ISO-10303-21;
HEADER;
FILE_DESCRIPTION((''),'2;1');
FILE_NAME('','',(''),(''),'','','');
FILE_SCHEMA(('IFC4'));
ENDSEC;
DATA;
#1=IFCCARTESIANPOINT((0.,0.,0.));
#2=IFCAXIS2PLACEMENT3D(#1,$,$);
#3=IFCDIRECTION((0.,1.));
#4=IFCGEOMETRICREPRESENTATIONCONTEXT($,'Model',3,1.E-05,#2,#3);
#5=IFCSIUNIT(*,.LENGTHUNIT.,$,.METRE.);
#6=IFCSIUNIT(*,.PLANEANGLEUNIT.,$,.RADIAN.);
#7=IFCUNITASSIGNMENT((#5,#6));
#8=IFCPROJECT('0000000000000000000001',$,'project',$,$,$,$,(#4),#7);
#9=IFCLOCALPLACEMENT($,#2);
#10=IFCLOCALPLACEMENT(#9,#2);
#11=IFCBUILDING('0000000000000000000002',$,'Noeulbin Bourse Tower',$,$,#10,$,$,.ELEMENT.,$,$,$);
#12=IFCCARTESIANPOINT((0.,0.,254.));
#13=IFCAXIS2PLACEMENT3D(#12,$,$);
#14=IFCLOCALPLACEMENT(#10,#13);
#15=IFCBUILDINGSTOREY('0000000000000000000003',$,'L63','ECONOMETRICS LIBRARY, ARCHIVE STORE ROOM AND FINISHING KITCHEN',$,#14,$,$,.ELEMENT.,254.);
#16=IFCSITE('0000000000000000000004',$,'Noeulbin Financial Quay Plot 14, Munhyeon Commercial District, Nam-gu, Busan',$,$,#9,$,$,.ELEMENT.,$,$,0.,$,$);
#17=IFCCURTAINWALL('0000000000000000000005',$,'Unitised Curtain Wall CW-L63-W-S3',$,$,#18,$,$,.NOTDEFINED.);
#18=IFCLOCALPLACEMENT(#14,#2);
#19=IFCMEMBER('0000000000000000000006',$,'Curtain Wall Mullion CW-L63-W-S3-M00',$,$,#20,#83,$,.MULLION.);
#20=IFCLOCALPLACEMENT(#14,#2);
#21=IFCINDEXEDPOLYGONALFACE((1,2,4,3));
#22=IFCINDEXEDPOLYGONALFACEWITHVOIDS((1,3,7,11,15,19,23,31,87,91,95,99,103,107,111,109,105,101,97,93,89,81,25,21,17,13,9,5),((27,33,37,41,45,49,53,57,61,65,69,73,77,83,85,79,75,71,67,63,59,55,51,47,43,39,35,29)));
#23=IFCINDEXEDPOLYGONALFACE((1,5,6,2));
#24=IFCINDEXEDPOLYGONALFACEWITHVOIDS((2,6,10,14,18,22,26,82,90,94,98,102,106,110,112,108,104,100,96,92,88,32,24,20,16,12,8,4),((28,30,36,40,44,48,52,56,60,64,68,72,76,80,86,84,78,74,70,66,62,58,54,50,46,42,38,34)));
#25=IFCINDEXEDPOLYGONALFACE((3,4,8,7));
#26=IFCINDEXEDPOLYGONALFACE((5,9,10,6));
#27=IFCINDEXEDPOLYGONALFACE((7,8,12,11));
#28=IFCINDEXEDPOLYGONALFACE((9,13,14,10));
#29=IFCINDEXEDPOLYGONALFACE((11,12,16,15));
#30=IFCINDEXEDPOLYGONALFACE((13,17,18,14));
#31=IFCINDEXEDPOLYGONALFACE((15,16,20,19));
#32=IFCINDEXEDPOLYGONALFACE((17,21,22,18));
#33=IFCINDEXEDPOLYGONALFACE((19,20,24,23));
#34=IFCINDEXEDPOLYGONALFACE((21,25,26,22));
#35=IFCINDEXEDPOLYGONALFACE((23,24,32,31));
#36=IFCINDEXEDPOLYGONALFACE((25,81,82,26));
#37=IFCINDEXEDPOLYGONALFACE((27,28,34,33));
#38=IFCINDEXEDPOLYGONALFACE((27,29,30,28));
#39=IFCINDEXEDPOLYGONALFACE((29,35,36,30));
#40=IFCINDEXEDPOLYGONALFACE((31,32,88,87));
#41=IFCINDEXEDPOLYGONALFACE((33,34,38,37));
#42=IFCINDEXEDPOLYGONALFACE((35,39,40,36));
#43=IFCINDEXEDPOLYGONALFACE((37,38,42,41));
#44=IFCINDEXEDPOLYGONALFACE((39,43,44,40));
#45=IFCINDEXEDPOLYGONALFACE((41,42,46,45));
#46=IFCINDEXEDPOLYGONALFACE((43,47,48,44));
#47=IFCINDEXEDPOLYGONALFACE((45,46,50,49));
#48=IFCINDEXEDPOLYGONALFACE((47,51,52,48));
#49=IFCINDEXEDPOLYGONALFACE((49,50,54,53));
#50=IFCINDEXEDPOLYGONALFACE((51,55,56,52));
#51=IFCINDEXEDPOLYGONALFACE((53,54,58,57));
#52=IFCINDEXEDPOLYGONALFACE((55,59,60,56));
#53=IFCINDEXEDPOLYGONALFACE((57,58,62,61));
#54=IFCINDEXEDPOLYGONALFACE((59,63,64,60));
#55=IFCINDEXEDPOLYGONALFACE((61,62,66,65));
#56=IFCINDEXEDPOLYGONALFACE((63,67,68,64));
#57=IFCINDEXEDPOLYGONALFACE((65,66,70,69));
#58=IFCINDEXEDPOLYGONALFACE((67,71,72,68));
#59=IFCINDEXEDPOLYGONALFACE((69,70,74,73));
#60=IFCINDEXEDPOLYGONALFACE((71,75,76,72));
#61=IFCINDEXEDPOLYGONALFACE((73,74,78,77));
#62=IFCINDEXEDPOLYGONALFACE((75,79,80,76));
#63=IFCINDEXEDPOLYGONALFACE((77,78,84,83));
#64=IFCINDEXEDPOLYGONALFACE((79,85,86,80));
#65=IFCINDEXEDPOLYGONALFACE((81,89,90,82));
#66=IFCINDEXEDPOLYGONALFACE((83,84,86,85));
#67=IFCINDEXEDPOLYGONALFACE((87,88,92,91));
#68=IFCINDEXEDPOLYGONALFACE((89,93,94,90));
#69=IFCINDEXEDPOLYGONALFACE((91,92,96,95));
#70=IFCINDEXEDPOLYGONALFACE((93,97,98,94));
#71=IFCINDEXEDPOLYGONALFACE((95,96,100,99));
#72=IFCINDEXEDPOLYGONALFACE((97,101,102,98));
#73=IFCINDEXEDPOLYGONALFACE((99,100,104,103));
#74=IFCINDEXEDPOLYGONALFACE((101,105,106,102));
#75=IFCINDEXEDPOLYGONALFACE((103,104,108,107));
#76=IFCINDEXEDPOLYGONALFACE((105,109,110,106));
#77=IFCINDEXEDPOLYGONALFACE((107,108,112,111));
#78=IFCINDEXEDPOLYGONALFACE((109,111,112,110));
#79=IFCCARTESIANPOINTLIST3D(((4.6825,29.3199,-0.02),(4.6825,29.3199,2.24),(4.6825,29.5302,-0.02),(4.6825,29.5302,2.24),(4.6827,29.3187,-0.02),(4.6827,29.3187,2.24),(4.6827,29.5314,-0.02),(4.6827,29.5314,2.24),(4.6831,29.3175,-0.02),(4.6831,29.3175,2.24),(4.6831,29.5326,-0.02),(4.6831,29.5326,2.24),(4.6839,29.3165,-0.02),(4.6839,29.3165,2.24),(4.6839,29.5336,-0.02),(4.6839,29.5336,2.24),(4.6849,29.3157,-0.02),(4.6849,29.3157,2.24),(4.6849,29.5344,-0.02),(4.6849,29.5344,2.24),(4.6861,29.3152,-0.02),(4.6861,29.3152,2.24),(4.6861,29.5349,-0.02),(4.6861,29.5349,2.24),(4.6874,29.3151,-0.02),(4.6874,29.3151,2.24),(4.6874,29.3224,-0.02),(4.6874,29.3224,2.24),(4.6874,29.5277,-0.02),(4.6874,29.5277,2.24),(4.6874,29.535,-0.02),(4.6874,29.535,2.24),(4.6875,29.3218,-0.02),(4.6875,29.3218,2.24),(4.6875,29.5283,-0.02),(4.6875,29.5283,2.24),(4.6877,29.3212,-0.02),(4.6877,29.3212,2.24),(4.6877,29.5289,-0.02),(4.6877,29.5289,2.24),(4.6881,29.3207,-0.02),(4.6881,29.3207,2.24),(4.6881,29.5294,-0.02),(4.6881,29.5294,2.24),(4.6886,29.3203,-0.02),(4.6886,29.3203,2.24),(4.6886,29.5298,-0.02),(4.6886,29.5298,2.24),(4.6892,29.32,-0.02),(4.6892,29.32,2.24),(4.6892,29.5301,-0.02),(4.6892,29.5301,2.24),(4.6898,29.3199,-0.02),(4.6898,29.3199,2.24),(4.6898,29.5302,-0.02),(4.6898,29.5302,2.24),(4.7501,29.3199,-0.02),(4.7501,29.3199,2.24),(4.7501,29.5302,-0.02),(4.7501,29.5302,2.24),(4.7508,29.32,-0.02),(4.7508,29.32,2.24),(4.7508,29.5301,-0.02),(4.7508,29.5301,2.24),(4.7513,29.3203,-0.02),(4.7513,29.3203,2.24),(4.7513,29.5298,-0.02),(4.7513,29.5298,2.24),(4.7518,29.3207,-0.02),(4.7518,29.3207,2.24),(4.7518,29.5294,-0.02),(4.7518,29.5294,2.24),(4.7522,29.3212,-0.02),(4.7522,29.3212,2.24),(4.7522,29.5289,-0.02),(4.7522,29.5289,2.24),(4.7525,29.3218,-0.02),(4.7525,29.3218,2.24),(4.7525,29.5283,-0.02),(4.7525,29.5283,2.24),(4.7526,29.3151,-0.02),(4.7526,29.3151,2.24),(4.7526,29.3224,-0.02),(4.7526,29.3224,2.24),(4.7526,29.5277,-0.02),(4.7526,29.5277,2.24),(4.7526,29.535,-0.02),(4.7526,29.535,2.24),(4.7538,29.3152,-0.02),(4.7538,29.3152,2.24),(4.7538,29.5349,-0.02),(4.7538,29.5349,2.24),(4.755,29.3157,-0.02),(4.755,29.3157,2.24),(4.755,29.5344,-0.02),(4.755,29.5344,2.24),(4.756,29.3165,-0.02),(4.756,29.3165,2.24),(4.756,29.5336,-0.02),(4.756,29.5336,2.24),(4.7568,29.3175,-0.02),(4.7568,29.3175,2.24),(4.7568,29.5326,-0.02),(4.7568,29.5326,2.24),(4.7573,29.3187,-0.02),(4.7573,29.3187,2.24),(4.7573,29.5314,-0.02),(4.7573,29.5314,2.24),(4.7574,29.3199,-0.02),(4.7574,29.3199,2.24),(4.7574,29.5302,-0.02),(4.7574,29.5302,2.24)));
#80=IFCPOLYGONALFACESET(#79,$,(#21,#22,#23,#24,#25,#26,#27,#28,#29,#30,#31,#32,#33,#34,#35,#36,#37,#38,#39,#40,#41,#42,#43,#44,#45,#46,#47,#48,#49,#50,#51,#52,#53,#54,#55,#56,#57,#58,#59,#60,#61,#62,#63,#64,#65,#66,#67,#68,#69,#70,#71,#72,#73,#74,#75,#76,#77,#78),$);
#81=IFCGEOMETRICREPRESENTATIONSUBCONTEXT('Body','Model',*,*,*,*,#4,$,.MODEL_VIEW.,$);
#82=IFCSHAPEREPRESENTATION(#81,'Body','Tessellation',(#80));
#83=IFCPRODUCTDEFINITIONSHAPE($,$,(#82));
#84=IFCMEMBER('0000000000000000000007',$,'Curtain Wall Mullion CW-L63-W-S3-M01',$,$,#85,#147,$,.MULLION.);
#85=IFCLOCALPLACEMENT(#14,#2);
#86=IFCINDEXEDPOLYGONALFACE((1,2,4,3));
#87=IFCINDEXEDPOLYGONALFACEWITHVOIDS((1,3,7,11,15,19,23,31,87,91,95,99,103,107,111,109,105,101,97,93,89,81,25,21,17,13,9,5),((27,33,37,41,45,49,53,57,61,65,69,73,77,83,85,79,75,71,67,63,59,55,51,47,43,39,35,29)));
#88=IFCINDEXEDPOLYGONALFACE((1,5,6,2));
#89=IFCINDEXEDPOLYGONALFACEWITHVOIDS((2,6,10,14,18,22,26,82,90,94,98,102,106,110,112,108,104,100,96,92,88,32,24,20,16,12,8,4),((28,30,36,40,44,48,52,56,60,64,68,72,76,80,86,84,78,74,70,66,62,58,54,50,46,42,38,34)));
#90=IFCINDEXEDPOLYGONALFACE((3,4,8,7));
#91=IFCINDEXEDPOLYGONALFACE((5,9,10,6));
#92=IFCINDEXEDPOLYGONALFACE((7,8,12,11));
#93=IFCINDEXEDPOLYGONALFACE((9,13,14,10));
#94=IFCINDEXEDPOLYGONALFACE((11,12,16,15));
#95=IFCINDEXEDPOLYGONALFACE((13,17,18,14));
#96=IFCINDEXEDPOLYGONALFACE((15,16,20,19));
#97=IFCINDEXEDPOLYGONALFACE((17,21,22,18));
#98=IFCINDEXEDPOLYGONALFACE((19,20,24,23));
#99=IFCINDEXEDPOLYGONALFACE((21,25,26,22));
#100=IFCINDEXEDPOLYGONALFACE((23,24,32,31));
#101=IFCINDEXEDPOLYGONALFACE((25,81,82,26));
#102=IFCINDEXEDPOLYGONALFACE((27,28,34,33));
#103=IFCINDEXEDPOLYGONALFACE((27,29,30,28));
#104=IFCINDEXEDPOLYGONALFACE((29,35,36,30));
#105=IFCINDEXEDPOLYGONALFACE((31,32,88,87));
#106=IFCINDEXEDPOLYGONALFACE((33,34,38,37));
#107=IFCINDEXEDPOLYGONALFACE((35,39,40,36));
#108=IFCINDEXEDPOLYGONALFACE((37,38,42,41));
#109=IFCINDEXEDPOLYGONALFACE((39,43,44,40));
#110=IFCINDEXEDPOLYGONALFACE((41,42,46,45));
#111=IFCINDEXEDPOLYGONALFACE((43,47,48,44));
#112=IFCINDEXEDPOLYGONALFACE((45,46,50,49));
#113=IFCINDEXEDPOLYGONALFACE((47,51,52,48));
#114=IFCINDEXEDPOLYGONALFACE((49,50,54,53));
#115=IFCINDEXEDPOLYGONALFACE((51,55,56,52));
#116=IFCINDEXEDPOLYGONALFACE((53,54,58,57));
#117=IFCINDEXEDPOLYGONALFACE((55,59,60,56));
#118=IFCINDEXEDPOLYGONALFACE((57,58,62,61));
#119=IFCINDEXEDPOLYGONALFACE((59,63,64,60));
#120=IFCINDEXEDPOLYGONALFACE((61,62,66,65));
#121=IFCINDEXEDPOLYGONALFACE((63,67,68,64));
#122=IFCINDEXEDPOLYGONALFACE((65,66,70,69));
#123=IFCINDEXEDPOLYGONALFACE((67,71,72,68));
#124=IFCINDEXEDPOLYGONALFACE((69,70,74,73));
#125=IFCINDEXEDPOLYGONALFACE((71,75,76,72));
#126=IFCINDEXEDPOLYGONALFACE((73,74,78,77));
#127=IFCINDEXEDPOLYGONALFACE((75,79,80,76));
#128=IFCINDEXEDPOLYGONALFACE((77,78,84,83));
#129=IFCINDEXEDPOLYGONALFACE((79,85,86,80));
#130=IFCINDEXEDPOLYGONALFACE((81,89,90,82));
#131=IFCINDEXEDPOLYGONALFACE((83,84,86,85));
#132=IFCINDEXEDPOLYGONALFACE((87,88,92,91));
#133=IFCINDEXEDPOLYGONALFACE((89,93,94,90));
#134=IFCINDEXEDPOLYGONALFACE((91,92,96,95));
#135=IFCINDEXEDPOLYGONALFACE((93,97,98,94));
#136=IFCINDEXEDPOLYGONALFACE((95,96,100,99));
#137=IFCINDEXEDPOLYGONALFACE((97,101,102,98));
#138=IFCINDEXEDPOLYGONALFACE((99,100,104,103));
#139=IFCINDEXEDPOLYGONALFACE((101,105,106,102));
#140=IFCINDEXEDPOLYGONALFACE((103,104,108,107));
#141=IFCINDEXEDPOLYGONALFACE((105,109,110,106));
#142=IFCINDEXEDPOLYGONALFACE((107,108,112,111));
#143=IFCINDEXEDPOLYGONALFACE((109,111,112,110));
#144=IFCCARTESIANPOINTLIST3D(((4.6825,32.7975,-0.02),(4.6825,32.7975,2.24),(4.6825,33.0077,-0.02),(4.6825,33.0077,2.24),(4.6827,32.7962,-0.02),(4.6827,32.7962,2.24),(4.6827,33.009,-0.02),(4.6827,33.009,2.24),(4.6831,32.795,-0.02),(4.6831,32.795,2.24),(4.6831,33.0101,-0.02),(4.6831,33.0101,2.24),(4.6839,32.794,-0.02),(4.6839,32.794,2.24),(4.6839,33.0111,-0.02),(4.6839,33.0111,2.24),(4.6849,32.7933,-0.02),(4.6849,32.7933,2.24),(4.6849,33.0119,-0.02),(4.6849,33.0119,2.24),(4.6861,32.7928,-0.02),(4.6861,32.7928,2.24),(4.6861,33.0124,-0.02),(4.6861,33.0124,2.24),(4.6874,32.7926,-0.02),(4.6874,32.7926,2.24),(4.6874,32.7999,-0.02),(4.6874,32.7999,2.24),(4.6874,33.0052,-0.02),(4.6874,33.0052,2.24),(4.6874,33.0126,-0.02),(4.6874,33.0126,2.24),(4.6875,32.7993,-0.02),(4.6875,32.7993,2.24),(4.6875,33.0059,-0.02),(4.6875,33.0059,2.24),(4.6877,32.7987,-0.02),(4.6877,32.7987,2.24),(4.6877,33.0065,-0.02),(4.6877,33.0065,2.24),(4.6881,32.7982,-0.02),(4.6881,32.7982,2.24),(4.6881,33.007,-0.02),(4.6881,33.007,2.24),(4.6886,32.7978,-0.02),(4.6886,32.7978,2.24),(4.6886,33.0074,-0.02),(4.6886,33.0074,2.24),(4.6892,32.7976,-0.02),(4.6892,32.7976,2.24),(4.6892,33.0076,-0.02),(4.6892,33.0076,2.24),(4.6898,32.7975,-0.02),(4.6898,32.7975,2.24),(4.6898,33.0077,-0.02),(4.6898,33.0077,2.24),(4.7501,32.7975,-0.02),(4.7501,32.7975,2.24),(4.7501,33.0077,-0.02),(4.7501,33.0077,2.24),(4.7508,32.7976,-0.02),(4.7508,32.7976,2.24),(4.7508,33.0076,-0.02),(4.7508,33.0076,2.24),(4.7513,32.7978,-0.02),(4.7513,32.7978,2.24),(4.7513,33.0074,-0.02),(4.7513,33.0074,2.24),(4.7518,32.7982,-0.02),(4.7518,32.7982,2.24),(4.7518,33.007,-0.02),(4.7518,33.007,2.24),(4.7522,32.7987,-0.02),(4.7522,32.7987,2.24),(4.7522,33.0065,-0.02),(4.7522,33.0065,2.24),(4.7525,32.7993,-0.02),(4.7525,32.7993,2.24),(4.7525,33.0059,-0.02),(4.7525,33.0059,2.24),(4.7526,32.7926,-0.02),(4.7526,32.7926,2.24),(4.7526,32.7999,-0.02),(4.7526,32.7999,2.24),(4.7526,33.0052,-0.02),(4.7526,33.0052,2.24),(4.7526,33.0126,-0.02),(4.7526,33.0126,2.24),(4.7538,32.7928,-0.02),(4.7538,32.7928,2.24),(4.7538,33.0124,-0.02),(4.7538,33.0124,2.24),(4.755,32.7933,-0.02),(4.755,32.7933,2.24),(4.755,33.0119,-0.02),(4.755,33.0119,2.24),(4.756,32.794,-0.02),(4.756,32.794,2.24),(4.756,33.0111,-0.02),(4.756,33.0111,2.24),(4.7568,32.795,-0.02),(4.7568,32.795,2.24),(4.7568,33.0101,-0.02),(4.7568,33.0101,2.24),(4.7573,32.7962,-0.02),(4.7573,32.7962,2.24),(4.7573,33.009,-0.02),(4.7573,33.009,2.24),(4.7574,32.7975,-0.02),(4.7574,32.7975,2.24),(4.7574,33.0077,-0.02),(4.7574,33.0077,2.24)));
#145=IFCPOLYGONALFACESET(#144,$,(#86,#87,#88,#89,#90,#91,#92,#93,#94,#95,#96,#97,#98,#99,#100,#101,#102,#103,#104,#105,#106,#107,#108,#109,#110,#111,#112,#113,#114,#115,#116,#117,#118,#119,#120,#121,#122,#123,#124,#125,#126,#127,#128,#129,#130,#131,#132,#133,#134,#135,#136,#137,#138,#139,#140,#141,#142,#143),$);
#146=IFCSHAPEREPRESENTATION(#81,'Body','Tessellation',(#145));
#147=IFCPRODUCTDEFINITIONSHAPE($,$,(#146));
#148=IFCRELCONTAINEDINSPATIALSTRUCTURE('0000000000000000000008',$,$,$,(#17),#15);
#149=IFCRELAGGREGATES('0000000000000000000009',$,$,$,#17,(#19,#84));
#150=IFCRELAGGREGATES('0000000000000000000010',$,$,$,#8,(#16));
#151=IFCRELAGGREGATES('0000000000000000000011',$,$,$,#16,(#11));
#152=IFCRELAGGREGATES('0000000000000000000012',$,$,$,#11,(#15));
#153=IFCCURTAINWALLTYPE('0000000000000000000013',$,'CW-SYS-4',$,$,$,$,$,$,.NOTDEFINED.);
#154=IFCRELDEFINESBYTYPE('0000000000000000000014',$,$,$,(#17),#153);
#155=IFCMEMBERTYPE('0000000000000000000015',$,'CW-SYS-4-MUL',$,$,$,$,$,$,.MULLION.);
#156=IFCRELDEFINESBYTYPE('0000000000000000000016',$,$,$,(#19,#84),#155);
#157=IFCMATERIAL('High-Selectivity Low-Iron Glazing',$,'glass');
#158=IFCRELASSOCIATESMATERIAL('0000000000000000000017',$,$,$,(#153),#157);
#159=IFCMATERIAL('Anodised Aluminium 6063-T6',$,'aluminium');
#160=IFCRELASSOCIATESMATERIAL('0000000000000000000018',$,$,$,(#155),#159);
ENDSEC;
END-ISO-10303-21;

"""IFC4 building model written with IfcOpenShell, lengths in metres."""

from ifc_helpers import new_model, si_unit, direction, frame, origin, origin_2d, place, context, subcontext, project, spatial, hollow_rectangle, extrude, material, material_profile, profile_set, type_object, element, aggregate, save


model = new_model("IFC4")

# Units and contexts
model_context = context("Model", 3, precision=1e-05, world=origin(), true_north=direction((0.0, 1.0)))
body_context = subcontext(model_context, "Body", "Model", "MODEL_VIEW")
ifc_project = project(units=[si_unit("LENGTHUNIT", "METRE"), si_unit("PLANEANGLEUNIT", "RADIAN")], contexts=[model_context])

# Site, building, storey
site_placement = place(None, origin())
site = spatial("IfcSite", under=ifc_project, at=site_placement, Name="Noeulbin Financial Quay Plot 14, Munhyeon Commercial District, Nam-gu, Busan", CompositionType="ELEMENT", RefElevation=0.0)
building_placement = place(site_placement, origin())
building = spatial("IfcBuilding", under=site, at=building_placement, Name="Noeulbin Bourse Tower", CompositionType="ELEMENT")
storey_placement = place(building_placement, frame((0.0, 0.0, 254.0)))
storey = spatial("IfcBuildingStorey", under=building, at=storey_placement, Name="L63", Description="ECONOMETRICS LIBRARY, ARCHIVE STORE ROOM AND FINISHING KITCHEN", CompositionType="ELEMENT", Elevation=254.0)

# Curtain wall, members
ifc_material_1 = material(Name="High-Selectivity Low-Iron Glazing", Category="glass")
curtain_wall_type = type_object("IfcCurtainWallType", Name="CW-SYS-4", PredefinedType="NOTDEFINED", material=ifc_material_1)
ifc_material_2 = material(Name="Anodised Aluminium 6063-T6", Category="aluminium")
ifc_material_profile_1 = material_profile(ifc_material_2, hollow_rectangle(XDim=0.075, YDim=0.22, WallThickness=0.0049, InnerFilletRadius=0.0024, OuterFilletRadius=0.0049, at=origin_2d()), Name="ALU-MULL-75x220x5", Category="LoadBearing")
ifc_profile_set_1 = profile_set([ifc_material_profile_1], Name="Anodised Aluminium 6063-T6")
member_type_1 = type_object("IfcMemberType", Name="CW-SYS-4-MUL", PredefinedType="MULLION", material=ifc_profile_set_1)
curtain_wall_1_placement = place(storey_placement, origin())
curtain_wall_1 = element("IfcCurtainWall", 1, at=curtain_wall_1_placement, inside=storey, type_object=curtain_wall_type, Name="Unitised Curtain Wall CW-L63-W-S3", PredefinedType="NOTDEFINED")
member_1_placement = place(storey_placement, frame((4.72, 29.425, -0.02), z_axis=(0.0, 0.0, 1.0), x_axis=(1.0, 0.0, 0.0)))
member_1 = element("IfcMember", 2, at=member_1_placement, type_object=member_type_1, Name="Curtain Wall Mullion CW-L63-W-S3-M00", PredefinedType="MULLION", context=body_context, shape_type="SweptSolid", body=[
    extrude(hollow_rectangle(XDim=0.075, YDim=0.22, WallThickness=0.0049, InnerFilletRadius=0.0024, OuterFilletRadius=0.0049, at=origin_2d()), origin(), (0.0, 0.0, 1.0), 2.26),
])
member_2_placement = place(storey_placement, frame((4.72, 32.9026, -0.02), z_axis=(0.0, 0.0, 1.0), x_axis=(1.0, 0.0, 0.0)))
member_2 = element("IfcMember", 3, at=member_2_placement, type_object=member_type_1, Name="Curtain Wall Mullion CW-L63-W-S3-M01", PredefinedType="MULLION", context=body_context, shape_type="SweptSolid", body=[
    extrude(hollow_rectangle(XDim=0.075, YDim=0.22, WallThickness=0.0049, InnerFilletRadius=0.0024, OuterFilletRadius=0.0049, at=origin_2d()), origin(), (0.0, 0.0, 1.0), 2.26),
])

aggregate(curtain_wall_1, [member_1, member_2])

save(model, "model.ifc")
